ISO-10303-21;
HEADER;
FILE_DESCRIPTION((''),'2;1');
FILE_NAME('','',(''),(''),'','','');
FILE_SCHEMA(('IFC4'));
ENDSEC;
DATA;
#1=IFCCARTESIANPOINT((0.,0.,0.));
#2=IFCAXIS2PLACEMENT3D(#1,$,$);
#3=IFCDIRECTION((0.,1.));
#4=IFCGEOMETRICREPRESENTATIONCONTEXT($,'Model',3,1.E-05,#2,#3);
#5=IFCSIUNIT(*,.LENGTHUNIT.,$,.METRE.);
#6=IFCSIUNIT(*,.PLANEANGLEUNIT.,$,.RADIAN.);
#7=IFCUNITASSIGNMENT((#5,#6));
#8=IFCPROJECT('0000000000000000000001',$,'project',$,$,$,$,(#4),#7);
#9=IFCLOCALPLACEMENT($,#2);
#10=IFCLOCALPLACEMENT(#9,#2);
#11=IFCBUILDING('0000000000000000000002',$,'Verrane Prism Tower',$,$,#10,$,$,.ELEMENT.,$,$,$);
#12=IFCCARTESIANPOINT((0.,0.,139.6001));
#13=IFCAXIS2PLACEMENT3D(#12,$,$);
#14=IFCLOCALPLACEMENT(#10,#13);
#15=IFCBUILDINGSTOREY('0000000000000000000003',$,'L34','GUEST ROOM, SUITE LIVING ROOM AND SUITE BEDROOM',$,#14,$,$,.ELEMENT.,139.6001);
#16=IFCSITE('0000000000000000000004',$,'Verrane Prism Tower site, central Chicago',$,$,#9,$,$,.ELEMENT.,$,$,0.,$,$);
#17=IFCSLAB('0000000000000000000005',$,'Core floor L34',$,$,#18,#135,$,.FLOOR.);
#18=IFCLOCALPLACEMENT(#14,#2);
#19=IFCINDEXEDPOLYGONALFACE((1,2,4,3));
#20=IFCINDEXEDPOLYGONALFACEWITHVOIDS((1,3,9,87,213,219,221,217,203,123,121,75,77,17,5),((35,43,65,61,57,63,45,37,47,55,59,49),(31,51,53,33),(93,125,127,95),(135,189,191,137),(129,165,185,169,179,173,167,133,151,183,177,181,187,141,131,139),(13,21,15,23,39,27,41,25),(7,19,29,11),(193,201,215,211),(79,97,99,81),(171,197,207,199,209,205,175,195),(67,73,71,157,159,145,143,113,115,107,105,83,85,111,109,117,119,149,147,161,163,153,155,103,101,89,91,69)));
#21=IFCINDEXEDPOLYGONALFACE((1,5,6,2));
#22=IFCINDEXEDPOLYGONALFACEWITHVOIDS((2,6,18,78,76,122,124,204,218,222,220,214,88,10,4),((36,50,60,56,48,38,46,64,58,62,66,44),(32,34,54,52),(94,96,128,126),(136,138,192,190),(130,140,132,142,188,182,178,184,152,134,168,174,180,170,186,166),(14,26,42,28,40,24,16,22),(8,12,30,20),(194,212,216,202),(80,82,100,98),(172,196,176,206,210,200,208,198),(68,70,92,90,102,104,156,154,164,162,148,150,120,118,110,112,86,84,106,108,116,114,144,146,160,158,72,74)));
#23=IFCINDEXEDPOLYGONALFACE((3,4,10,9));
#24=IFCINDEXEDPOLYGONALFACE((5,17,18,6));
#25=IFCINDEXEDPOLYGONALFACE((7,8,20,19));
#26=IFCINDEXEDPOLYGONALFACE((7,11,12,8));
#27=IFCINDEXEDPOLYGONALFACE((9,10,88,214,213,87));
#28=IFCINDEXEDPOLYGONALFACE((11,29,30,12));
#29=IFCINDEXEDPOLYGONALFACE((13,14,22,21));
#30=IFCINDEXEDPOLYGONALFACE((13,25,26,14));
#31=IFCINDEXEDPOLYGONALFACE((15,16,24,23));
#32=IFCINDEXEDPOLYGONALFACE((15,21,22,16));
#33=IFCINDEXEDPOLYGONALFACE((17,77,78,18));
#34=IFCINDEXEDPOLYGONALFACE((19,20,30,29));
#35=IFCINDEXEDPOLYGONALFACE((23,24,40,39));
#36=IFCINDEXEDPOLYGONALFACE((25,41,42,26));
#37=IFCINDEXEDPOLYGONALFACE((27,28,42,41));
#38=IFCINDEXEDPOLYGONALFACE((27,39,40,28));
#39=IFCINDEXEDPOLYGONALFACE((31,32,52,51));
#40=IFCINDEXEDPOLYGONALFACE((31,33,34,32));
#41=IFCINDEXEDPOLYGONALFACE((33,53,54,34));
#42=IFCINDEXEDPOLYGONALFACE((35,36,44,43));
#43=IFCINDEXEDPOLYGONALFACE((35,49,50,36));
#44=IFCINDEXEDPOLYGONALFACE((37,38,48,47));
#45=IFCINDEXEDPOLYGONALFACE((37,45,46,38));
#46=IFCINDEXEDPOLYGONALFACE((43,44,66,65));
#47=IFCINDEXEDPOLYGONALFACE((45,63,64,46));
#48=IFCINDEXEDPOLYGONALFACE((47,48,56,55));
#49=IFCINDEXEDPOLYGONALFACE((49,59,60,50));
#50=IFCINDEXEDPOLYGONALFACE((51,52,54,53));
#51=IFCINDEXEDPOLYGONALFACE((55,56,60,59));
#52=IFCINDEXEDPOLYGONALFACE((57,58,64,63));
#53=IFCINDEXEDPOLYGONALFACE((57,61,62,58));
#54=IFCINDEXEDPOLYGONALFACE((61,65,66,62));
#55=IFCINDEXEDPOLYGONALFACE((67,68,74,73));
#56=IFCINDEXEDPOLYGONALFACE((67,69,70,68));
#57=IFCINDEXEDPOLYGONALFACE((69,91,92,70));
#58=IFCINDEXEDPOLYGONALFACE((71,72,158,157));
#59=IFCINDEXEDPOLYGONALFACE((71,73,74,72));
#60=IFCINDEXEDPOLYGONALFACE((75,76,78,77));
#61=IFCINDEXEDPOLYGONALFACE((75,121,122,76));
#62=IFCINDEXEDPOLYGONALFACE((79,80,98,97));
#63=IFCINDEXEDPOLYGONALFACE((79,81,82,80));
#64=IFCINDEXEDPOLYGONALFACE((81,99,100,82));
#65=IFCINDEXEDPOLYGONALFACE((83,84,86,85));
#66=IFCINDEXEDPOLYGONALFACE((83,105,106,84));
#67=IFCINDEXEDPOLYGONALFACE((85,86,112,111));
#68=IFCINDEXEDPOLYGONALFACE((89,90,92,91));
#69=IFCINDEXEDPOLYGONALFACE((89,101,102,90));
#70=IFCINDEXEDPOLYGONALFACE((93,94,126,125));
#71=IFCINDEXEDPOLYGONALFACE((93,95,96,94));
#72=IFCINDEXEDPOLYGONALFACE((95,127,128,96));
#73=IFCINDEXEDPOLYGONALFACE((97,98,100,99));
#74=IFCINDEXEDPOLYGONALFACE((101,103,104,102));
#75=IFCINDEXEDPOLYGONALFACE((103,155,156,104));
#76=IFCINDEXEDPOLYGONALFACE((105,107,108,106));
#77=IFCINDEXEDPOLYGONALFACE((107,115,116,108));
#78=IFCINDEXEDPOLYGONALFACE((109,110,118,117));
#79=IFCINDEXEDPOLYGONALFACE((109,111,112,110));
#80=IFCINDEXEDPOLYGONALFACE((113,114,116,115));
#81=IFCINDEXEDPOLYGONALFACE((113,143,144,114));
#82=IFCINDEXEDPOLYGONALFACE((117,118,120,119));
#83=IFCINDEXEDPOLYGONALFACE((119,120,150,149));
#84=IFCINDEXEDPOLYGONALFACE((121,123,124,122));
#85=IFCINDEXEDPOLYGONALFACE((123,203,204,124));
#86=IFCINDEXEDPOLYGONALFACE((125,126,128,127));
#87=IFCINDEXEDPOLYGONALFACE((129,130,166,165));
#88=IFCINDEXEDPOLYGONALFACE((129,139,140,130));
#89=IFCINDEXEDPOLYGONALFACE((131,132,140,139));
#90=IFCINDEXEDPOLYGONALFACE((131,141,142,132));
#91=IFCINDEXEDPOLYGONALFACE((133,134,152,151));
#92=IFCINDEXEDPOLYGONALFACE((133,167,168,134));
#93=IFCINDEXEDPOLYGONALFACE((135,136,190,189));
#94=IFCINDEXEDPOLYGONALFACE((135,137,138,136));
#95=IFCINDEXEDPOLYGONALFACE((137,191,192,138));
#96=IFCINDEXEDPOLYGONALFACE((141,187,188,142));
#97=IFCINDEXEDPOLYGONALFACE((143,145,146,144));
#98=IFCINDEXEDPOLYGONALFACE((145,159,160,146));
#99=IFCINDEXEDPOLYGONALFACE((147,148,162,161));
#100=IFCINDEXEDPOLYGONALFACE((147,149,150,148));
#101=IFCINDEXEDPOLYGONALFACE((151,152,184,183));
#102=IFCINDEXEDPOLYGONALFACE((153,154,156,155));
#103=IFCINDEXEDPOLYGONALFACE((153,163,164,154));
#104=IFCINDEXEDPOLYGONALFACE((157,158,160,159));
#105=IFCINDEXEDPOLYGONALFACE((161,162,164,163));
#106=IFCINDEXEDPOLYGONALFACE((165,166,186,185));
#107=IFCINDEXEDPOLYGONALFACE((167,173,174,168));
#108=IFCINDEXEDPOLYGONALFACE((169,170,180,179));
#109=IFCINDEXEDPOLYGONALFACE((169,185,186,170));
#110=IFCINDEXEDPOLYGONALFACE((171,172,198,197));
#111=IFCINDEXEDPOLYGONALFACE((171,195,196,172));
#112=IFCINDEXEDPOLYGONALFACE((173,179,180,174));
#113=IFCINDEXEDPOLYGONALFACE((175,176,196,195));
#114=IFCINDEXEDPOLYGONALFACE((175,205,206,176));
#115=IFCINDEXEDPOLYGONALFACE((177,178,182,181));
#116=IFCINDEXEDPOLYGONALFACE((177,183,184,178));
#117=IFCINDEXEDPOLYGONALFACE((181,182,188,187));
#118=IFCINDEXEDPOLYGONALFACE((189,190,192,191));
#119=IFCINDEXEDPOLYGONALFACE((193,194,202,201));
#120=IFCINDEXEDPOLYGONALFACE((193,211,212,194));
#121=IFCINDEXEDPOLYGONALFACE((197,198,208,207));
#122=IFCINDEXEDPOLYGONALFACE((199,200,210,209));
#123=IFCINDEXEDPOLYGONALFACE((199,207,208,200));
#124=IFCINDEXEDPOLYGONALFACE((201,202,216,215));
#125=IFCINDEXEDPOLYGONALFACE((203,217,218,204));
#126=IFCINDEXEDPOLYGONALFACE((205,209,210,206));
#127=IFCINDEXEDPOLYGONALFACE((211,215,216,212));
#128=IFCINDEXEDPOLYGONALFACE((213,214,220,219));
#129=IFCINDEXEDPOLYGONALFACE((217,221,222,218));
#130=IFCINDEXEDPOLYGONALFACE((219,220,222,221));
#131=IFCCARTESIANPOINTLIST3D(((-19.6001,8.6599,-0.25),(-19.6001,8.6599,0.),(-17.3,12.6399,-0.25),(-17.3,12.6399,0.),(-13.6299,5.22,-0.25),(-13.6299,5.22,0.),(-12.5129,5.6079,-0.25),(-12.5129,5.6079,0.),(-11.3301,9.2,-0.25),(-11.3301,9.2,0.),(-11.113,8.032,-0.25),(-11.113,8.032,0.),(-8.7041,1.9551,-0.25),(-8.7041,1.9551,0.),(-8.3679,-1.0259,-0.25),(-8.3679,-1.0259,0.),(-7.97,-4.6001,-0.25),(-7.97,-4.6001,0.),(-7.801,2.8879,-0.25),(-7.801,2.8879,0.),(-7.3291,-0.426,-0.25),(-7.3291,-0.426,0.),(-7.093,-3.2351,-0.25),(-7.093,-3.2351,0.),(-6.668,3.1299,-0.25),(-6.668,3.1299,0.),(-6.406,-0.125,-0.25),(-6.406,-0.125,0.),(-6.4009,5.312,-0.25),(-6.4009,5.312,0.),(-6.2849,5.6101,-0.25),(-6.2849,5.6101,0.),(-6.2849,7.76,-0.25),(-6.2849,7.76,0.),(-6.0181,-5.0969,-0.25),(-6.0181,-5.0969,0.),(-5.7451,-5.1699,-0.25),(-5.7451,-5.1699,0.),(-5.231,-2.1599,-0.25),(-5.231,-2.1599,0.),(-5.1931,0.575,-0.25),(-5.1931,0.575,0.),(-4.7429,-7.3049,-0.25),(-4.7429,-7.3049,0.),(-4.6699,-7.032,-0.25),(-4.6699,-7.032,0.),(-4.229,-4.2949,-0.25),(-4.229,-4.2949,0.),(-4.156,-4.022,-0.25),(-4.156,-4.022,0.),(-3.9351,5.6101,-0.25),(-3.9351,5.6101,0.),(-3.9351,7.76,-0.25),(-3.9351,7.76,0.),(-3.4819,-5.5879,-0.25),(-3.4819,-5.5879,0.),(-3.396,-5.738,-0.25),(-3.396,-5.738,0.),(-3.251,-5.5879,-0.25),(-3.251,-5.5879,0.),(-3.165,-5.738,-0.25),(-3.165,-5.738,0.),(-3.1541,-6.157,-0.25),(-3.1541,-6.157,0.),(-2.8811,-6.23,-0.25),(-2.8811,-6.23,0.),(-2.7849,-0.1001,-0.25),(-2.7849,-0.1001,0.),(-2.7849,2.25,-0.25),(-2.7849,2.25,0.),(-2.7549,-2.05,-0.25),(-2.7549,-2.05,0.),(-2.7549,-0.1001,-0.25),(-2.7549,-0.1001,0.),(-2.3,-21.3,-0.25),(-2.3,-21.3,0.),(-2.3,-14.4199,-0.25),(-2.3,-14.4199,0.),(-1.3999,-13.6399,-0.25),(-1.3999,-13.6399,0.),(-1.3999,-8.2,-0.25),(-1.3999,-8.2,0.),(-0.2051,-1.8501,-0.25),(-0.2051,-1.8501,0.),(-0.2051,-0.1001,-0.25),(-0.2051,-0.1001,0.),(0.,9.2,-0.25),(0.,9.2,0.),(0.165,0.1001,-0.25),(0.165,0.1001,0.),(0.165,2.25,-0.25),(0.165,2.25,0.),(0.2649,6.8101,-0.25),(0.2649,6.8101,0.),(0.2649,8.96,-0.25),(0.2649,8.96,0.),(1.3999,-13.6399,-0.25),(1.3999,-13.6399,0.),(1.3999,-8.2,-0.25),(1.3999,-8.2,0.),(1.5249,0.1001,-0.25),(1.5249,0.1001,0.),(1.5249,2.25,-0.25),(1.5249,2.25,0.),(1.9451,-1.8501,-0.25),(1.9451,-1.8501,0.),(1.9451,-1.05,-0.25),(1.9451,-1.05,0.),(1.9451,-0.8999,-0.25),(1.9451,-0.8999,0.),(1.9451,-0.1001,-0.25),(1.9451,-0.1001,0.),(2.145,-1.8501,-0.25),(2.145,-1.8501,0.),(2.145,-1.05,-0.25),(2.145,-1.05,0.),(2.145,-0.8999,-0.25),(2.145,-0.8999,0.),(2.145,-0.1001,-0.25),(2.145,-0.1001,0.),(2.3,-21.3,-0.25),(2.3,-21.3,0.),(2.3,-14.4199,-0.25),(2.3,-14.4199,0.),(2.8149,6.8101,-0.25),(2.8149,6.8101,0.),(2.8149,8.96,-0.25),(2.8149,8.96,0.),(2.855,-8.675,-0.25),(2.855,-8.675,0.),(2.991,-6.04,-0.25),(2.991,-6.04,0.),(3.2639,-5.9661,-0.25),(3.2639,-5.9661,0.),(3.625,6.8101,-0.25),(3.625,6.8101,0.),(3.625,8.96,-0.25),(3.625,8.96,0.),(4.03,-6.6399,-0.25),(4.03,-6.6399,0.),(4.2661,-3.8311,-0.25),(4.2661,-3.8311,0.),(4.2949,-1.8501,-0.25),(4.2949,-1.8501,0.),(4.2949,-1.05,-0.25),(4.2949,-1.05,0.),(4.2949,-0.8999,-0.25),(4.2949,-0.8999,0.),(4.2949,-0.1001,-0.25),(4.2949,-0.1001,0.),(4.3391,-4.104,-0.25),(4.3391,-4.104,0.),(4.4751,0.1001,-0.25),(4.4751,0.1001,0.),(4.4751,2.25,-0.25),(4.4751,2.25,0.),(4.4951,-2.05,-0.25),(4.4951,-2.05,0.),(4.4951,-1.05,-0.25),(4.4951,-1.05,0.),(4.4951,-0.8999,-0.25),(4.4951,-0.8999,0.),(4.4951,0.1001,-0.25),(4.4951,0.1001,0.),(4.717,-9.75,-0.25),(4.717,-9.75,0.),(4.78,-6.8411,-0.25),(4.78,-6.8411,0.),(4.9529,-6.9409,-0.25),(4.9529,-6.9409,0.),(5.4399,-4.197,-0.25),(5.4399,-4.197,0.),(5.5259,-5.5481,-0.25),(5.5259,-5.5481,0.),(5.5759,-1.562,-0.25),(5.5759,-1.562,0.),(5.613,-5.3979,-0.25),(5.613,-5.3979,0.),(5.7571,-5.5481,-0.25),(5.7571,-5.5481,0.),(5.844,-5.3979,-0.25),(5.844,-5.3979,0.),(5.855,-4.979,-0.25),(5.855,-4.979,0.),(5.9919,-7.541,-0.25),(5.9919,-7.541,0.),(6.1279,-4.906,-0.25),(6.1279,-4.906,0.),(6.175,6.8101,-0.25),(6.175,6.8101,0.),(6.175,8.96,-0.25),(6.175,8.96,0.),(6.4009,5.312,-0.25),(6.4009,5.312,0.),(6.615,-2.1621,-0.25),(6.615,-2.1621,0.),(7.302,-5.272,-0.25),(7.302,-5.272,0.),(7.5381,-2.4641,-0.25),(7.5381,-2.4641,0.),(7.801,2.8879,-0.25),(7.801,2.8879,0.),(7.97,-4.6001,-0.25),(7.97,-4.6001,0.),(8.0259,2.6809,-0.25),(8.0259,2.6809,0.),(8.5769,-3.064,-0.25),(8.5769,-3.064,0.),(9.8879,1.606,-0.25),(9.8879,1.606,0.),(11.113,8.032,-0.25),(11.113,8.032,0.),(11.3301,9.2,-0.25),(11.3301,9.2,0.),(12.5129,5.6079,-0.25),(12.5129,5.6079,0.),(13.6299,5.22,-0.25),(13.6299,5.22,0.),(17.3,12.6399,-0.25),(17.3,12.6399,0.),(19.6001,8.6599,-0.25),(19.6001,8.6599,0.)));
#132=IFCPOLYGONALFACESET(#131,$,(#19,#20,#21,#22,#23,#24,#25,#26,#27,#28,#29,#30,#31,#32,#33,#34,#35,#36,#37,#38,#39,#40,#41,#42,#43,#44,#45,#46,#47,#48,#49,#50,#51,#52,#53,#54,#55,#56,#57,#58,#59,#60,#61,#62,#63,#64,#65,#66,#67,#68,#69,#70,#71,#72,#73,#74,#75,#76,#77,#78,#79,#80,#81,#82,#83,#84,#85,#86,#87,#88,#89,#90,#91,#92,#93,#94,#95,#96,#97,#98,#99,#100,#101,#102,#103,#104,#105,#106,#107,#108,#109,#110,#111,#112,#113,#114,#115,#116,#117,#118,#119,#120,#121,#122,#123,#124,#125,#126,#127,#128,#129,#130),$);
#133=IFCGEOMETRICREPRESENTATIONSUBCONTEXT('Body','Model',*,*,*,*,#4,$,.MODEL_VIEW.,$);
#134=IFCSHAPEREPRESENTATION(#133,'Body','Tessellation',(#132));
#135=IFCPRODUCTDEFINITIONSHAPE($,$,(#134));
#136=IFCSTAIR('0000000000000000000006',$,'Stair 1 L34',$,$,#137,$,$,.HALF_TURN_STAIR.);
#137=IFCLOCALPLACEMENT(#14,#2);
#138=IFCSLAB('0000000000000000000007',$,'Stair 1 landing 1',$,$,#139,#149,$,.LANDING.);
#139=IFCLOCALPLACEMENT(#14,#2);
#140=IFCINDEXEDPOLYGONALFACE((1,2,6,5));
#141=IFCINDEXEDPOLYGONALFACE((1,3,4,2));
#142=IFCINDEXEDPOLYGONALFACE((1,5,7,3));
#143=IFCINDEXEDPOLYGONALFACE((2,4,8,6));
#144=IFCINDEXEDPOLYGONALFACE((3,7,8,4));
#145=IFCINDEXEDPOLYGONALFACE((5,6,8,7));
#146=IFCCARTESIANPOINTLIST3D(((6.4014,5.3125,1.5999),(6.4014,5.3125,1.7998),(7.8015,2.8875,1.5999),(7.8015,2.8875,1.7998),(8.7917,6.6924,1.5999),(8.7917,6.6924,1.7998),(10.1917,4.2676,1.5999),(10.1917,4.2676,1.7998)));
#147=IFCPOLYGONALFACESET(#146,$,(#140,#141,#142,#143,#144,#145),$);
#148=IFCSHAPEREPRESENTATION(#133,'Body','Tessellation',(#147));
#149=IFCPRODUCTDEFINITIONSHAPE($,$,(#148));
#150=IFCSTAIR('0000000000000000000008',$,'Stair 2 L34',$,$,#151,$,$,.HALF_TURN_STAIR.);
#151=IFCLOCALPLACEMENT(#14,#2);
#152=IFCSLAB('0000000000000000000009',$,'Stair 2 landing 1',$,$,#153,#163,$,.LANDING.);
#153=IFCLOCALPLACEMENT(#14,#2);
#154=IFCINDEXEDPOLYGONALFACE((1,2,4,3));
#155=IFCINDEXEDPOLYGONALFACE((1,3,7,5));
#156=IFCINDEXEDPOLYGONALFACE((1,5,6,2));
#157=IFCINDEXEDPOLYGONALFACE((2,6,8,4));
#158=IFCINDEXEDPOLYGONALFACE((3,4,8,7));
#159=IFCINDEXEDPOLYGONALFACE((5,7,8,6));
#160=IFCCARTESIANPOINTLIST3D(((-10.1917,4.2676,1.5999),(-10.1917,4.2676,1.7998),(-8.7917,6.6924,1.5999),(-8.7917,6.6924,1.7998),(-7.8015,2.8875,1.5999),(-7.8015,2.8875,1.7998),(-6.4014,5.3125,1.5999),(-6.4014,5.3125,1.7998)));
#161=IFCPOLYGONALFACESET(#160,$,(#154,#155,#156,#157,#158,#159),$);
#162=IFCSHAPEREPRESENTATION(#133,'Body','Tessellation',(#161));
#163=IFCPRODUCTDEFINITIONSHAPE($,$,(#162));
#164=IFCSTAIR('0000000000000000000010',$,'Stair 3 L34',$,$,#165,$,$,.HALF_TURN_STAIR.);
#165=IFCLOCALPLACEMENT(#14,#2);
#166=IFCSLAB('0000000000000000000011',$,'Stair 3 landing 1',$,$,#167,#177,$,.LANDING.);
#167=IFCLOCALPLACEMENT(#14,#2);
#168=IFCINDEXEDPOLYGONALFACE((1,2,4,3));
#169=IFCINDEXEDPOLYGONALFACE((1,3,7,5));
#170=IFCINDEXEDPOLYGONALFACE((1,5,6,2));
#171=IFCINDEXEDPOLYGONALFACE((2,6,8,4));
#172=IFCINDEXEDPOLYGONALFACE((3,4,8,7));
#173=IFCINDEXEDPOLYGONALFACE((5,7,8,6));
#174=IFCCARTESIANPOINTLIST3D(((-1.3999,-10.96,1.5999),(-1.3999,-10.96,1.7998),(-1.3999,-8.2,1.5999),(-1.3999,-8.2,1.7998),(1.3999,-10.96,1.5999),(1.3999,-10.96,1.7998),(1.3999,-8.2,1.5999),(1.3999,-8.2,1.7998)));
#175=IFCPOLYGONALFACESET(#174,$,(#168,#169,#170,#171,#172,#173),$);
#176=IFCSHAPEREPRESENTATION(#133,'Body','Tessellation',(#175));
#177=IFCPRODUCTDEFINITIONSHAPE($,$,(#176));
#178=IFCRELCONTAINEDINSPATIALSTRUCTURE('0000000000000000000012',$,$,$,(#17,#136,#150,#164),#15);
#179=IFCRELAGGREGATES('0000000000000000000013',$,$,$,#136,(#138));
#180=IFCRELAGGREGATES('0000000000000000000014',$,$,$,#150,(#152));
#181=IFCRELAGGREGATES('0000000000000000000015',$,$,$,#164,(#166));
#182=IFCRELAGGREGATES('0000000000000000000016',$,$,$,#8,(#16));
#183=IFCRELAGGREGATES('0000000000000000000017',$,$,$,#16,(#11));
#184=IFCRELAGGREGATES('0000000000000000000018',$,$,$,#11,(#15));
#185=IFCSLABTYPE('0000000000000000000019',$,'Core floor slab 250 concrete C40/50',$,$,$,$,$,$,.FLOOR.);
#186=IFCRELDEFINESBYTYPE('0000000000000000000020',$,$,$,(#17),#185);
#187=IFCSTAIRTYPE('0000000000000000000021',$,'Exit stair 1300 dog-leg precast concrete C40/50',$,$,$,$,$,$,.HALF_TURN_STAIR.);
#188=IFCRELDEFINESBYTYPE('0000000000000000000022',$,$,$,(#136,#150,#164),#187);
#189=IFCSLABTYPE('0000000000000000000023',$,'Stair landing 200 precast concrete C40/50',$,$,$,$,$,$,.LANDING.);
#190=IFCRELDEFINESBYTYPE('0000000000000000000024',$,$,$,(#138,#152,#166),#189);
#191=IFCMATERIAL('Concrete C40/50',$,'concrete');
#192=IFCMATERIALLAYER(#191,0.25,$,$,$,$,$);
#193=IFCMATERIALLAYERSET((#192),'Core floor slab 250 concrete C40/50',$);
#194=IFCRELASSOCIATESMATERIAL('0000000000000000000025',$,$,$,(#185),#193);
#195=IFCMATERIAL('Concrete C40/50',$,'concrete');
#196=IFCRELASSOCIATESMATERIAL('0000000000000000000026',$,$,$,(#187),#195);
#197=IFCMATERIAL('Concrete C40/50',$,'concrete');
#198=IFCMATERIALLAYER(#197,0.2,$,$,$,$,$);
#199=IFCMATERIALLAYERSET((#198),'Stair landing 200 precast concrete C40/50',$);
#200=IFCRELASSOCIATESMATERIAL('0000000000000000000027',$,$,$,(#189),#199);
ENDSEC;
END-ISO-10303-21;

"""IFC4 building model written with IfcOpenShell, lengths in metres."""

from ifc_helpers import new_model, si_unit, direction, frame, origin, place, context, subcontext, project, spatial, polyline, outline, extrude, material, layer, layer_set, type_object, element, aggregate, save


model = new_model("IFC4")

# Units and contexts
model_context = context("Model", 3, precision=1e-05, world=origin(), true_north=direction((0.0, 1.0)))
body_context = subcontext(model_context, "Body", "Model", "MODEL_VIEW")
ifc_project = project(units=[si_unit("LENGTHUNIT", "METRE"), si_unit("PLANEANGLEUNIT", "RADIAN")], contexts=[model_context])

# Site, building, storey
site_placement = place(None, origin())
site = spatial("IfcSite", under=ifc_project, at=site_placement, Name="Verrane Prism Tower site, central Chicago", CompositionType="ELEMENT", RefElevation=0.0)
building_placement = place(site_placement, origin())
building = spatial("IfcBuilding", under=site, at=building_placement, Name="Verrane Prism Tower", CompositionType="ELEMENT")
storey_placement = place(building_placement, frame((0.0, 0.0, 139.6001)))
storey = spatial("IfcBuildingStorey", under=building, at=storey_placement, Name="L34", Description="GUEST ROOM, SUITE LIVING ROOM AND SUITE BEDROOM", CompositionType="ELEMENT", Elevation=139.6001)

# Slab
ifc_material_1 = material(Name="Concrete C40/50", Category="concrete")
ifc_layer_1 = layer(ifc_material_1, 0.25)
ifc_layer_set_1 = layer_set([ifc_layer_1], Name="Core floor slab 250 concrete C40/50")
slab_type_1 = type_object("IfcSlabType", Name="Core floor slab 250 concrete C40/50", PredefinedType="FLOOR", material=ifc_layer_set_1)
slab_1_placement = place(storey_placement, frame((0.0, 0.0, -0.25)))
element("IfcSlab", 1, at=slab_1_placement, inside=storey, type_object=slab_type_1, Name="Core floor L34", PredefinedType="FLOOR", context=body_context, shape_type="SweptSolid", body=[
    extrude(outline(polyline([(13.6299, 5.22), (19.6001, 8.6599), (17.3, 12.6399), (11.3301, 9.2), (0.0, 9.2), (-11.3301, 9.2), (-17.3, 12.6399), (-19.6001, 8.6599), (-13.6299, 5.22), (-7.97, -4.6001), (-2.3, -14.4199), (-2.3, -21.3), (2.3, -21.3), (2.3, -14.4199), (7.97, -4.6001), (13.6299, 5.22)]), holes=[polyline([(-1.3999, -8.2), (1.3999, -8.2), (1.3999, -13.6399), (-1.3999, -13.6399), (-1.3999, -8.2)]), polyline([(-5.7451, -5.1699), (-4.6699, -7.032), (-3.1541, -6.157), (-3.396, -5.738), (-3.165, -5.738), (-2.8811, -6.23), (-4.7429, -7.3049), (-6.0181, -5.0969), (-4.156, -4.022), (-3.251, -5.5879), (-3.4819, -5.5879), (-4.229, -4.2949), (-5.7451, -5.1699)]), polyline([(-8.7041, 1.9551), (-6.668, 3.1299), (-5.1931, 0.575), (-6.406, -0.125), (-5.231, -2.1599), (-7.093, -3.2351), (-8.3679, -1.0259), (-7.3291, -0.426), (-8.7041, 1.9551)]), polyline([(1.5249, 0.1001), (1.5249, 2.25), (4.4751, 2.25), (4.4751, 0.1001), (4.4951, 0.1001), (4.4951, -0.8999), (4.2949, -0.8999), (4.2949, -0.1001), (2.145, -0.1001), (2.145, -0.8999), (1.9451, -0.8999), (1.9451, -0.1001), (-0.2051, -0.1001), (-0.2051, -1.8501), (1.9451, -1.8501), (1.9451, -1.05), (2.145, -1.05), (2.145, -1.8501), (4.2949, -1.8501), (4.2949, -1.05), (4.4951, -1.05), (4.4951, -2.05), (-2.7549, -2.05), (-2.7549, -0.1001), (-2.7849, -0.1001), (-2.7849, 2.25), (0.165, 2.25), (0.165, 0.1001), (1.5249, 0.1001)]), polyline([(-7.801, 2.8879), (-12.5129, 5.6079), (-11.113, 8.032), (-6.4009, 5.312), (-7.801, 2.8879)]), polyline([(-6.2849, 5.6101), (-6.2849, 7.76), (-3.9351, 7.76), (-3.9351, 5.6101), (-6.2849, 5.6101)]), polyline([(6.1279, -4.906), (5.844, -5.3979), (5.613, -5.3979), (5.855, -4.979), (4.3391, -4.104), (3.2639, -5.9661), (4.78, -6.8411), (5.5259, -5.5481), (5.7571, -5.5481), (4.9529, -6.9409), (5.9919, -7.541), (4.717, -9.75), (2.855, -8.675), (4.03, -6.6399), (2.991, -6.04), (4.2661, -3.8311), (6.1279, -4.906)]), polyline([(6.615, -2.1621), (5.5759, -1.562), (8.0259, 2.6809), (9.8879, 1.606), (7.5381, -2.4641), (8.5769, -3.064), (7.302, -5.272), (5.4399, -4.197), (6.615, -2.1621)]), polyline([(7.801, 2.8879), (6.4009, 5.312), (11.113, 8.032), (12.5129, 5.6079), (7.801, 2.8879)]), polyline([(2.8149, 8.96), (2.8149, 6.8101), (0.2649, 6.8101), (0.2649, 8.96), (2.8149, 8.96)]), polyline([(3.625, 6.8101), (3.625, 8.96), (6.175, 8.96), (6.175, 6.8101), (3.625, 6.8101)])]), origin(), (0.0, 0.0, 1.0), 0.25),
])

# Stairs, slabs
ifc_material_2 = material(Name="Concrete C40/50", Category="concrete")
stair_type = type_object("IfcStairType", Name="Exit stair 1300 dog-leg precast concrete C40/50", PredefinedType="HALF_TURN_STAIR", material=ifc_material_2)
stair_1_placement = place(storey_placement, origin())
stair_1 = element("IfcStair", 2, at=stair_1_placement, inside=storey, type_object=stair_type, Name="Stair 1 L34", PredefinedType="HALF_TURN_STAIR")
ifc_material_3 = material(Name="Concrete C40/50", Category="concrete")
ifc_layer_2 = layer(ifc_material_3, 0.2)
ifc_layer_set_2 = layer_set([ifc_layer_2], Name="Stair landing 200 precast concrete C40/50")
slab_type_2 = type_object("IfcSlabType", Name="Stair landing 200 precast concrete C40/50", PredefinedType="LANDING", material=ifc_layer_set_2)
slab_2_placement = place(storey_placement, frame((0.0, 0.0, 1.5999)))
slab_2 = element("IfcSlab", 3, at=slab_2_placement, type_object=slab_type_2, Name="Stair 1 landing 1", PredefinedType="LANDING", context=body_context, shape_type="SweptSolid", body=[
    extrude(outline(polyline([(8.7917, 6.6924), (6.4014, 5.3125), (7.8015, 2.8875), (10.1917, 4.2676), (8.7917, 6.6924)])), origin(), (0.0, 0.0, 1.0), 0.2),
])
aggregate(stair_1, [slab_2])
stair_2_placement = place(storey_placement, origin())
stair_2 = element("IfcStair", 4, at=stair_2_placement, inside=storey, type_object=stair_type, Name="Stair 2 L34", PredefinedType="HALF_TURN_STAIR")
slab_3_placement = place(storey_placement, frame((0.0, 0.0, 1.5999)))
slab_3 = element("IfcSlab", 5, at=slab_3_placement, type_object=slab_type_2, Name="Stair 2 landing 1", PredefinedType="LANDING", context=body_context, shape_type="SweptSolid", body=[
    extrude(outline(polyline([(-10.1917, 4.2676), (-7.8015, 2.8875), (-6.4014, 5.3125), (-8.7917, 6.6924), (-10.1917, 4.2676)])), origin(), (0.0, 0.0, 1.0), 0.2),
])
aggregate(stair_2, [slab_3])
stair_3_placement = place(storey_placement, origin())
stair_3 = element("IfcStair", 6, at=stair_3_placement, inside=storey, type_object=stair_type, Name="Stair 3 L34", PredefinedType="HALF_TURN_STAIR")
slab_4_placement = place(storey_placement, frame((0.0, 0.0, 1.5999)))
slab_4 = element("IfcSlab", 7, at=slab_4_placement, type_object=slab_type_2, Name="Stair 3 landing 1", PredefinedType="LANDING", context=body_context, shape_type="SweptSolid", body=[
    extrude(outline(polyline([(1.3999, -10.96), (1.3999, -8.2), (-1.3999, -8.2), (-1.3999, -10.96), (1.3999, -10.96)])), origin(), (0.0, 0.0, 1.0), 0.2),
])
aggregate(stair_3, [slab_4])

save(model, "model.ifc")
